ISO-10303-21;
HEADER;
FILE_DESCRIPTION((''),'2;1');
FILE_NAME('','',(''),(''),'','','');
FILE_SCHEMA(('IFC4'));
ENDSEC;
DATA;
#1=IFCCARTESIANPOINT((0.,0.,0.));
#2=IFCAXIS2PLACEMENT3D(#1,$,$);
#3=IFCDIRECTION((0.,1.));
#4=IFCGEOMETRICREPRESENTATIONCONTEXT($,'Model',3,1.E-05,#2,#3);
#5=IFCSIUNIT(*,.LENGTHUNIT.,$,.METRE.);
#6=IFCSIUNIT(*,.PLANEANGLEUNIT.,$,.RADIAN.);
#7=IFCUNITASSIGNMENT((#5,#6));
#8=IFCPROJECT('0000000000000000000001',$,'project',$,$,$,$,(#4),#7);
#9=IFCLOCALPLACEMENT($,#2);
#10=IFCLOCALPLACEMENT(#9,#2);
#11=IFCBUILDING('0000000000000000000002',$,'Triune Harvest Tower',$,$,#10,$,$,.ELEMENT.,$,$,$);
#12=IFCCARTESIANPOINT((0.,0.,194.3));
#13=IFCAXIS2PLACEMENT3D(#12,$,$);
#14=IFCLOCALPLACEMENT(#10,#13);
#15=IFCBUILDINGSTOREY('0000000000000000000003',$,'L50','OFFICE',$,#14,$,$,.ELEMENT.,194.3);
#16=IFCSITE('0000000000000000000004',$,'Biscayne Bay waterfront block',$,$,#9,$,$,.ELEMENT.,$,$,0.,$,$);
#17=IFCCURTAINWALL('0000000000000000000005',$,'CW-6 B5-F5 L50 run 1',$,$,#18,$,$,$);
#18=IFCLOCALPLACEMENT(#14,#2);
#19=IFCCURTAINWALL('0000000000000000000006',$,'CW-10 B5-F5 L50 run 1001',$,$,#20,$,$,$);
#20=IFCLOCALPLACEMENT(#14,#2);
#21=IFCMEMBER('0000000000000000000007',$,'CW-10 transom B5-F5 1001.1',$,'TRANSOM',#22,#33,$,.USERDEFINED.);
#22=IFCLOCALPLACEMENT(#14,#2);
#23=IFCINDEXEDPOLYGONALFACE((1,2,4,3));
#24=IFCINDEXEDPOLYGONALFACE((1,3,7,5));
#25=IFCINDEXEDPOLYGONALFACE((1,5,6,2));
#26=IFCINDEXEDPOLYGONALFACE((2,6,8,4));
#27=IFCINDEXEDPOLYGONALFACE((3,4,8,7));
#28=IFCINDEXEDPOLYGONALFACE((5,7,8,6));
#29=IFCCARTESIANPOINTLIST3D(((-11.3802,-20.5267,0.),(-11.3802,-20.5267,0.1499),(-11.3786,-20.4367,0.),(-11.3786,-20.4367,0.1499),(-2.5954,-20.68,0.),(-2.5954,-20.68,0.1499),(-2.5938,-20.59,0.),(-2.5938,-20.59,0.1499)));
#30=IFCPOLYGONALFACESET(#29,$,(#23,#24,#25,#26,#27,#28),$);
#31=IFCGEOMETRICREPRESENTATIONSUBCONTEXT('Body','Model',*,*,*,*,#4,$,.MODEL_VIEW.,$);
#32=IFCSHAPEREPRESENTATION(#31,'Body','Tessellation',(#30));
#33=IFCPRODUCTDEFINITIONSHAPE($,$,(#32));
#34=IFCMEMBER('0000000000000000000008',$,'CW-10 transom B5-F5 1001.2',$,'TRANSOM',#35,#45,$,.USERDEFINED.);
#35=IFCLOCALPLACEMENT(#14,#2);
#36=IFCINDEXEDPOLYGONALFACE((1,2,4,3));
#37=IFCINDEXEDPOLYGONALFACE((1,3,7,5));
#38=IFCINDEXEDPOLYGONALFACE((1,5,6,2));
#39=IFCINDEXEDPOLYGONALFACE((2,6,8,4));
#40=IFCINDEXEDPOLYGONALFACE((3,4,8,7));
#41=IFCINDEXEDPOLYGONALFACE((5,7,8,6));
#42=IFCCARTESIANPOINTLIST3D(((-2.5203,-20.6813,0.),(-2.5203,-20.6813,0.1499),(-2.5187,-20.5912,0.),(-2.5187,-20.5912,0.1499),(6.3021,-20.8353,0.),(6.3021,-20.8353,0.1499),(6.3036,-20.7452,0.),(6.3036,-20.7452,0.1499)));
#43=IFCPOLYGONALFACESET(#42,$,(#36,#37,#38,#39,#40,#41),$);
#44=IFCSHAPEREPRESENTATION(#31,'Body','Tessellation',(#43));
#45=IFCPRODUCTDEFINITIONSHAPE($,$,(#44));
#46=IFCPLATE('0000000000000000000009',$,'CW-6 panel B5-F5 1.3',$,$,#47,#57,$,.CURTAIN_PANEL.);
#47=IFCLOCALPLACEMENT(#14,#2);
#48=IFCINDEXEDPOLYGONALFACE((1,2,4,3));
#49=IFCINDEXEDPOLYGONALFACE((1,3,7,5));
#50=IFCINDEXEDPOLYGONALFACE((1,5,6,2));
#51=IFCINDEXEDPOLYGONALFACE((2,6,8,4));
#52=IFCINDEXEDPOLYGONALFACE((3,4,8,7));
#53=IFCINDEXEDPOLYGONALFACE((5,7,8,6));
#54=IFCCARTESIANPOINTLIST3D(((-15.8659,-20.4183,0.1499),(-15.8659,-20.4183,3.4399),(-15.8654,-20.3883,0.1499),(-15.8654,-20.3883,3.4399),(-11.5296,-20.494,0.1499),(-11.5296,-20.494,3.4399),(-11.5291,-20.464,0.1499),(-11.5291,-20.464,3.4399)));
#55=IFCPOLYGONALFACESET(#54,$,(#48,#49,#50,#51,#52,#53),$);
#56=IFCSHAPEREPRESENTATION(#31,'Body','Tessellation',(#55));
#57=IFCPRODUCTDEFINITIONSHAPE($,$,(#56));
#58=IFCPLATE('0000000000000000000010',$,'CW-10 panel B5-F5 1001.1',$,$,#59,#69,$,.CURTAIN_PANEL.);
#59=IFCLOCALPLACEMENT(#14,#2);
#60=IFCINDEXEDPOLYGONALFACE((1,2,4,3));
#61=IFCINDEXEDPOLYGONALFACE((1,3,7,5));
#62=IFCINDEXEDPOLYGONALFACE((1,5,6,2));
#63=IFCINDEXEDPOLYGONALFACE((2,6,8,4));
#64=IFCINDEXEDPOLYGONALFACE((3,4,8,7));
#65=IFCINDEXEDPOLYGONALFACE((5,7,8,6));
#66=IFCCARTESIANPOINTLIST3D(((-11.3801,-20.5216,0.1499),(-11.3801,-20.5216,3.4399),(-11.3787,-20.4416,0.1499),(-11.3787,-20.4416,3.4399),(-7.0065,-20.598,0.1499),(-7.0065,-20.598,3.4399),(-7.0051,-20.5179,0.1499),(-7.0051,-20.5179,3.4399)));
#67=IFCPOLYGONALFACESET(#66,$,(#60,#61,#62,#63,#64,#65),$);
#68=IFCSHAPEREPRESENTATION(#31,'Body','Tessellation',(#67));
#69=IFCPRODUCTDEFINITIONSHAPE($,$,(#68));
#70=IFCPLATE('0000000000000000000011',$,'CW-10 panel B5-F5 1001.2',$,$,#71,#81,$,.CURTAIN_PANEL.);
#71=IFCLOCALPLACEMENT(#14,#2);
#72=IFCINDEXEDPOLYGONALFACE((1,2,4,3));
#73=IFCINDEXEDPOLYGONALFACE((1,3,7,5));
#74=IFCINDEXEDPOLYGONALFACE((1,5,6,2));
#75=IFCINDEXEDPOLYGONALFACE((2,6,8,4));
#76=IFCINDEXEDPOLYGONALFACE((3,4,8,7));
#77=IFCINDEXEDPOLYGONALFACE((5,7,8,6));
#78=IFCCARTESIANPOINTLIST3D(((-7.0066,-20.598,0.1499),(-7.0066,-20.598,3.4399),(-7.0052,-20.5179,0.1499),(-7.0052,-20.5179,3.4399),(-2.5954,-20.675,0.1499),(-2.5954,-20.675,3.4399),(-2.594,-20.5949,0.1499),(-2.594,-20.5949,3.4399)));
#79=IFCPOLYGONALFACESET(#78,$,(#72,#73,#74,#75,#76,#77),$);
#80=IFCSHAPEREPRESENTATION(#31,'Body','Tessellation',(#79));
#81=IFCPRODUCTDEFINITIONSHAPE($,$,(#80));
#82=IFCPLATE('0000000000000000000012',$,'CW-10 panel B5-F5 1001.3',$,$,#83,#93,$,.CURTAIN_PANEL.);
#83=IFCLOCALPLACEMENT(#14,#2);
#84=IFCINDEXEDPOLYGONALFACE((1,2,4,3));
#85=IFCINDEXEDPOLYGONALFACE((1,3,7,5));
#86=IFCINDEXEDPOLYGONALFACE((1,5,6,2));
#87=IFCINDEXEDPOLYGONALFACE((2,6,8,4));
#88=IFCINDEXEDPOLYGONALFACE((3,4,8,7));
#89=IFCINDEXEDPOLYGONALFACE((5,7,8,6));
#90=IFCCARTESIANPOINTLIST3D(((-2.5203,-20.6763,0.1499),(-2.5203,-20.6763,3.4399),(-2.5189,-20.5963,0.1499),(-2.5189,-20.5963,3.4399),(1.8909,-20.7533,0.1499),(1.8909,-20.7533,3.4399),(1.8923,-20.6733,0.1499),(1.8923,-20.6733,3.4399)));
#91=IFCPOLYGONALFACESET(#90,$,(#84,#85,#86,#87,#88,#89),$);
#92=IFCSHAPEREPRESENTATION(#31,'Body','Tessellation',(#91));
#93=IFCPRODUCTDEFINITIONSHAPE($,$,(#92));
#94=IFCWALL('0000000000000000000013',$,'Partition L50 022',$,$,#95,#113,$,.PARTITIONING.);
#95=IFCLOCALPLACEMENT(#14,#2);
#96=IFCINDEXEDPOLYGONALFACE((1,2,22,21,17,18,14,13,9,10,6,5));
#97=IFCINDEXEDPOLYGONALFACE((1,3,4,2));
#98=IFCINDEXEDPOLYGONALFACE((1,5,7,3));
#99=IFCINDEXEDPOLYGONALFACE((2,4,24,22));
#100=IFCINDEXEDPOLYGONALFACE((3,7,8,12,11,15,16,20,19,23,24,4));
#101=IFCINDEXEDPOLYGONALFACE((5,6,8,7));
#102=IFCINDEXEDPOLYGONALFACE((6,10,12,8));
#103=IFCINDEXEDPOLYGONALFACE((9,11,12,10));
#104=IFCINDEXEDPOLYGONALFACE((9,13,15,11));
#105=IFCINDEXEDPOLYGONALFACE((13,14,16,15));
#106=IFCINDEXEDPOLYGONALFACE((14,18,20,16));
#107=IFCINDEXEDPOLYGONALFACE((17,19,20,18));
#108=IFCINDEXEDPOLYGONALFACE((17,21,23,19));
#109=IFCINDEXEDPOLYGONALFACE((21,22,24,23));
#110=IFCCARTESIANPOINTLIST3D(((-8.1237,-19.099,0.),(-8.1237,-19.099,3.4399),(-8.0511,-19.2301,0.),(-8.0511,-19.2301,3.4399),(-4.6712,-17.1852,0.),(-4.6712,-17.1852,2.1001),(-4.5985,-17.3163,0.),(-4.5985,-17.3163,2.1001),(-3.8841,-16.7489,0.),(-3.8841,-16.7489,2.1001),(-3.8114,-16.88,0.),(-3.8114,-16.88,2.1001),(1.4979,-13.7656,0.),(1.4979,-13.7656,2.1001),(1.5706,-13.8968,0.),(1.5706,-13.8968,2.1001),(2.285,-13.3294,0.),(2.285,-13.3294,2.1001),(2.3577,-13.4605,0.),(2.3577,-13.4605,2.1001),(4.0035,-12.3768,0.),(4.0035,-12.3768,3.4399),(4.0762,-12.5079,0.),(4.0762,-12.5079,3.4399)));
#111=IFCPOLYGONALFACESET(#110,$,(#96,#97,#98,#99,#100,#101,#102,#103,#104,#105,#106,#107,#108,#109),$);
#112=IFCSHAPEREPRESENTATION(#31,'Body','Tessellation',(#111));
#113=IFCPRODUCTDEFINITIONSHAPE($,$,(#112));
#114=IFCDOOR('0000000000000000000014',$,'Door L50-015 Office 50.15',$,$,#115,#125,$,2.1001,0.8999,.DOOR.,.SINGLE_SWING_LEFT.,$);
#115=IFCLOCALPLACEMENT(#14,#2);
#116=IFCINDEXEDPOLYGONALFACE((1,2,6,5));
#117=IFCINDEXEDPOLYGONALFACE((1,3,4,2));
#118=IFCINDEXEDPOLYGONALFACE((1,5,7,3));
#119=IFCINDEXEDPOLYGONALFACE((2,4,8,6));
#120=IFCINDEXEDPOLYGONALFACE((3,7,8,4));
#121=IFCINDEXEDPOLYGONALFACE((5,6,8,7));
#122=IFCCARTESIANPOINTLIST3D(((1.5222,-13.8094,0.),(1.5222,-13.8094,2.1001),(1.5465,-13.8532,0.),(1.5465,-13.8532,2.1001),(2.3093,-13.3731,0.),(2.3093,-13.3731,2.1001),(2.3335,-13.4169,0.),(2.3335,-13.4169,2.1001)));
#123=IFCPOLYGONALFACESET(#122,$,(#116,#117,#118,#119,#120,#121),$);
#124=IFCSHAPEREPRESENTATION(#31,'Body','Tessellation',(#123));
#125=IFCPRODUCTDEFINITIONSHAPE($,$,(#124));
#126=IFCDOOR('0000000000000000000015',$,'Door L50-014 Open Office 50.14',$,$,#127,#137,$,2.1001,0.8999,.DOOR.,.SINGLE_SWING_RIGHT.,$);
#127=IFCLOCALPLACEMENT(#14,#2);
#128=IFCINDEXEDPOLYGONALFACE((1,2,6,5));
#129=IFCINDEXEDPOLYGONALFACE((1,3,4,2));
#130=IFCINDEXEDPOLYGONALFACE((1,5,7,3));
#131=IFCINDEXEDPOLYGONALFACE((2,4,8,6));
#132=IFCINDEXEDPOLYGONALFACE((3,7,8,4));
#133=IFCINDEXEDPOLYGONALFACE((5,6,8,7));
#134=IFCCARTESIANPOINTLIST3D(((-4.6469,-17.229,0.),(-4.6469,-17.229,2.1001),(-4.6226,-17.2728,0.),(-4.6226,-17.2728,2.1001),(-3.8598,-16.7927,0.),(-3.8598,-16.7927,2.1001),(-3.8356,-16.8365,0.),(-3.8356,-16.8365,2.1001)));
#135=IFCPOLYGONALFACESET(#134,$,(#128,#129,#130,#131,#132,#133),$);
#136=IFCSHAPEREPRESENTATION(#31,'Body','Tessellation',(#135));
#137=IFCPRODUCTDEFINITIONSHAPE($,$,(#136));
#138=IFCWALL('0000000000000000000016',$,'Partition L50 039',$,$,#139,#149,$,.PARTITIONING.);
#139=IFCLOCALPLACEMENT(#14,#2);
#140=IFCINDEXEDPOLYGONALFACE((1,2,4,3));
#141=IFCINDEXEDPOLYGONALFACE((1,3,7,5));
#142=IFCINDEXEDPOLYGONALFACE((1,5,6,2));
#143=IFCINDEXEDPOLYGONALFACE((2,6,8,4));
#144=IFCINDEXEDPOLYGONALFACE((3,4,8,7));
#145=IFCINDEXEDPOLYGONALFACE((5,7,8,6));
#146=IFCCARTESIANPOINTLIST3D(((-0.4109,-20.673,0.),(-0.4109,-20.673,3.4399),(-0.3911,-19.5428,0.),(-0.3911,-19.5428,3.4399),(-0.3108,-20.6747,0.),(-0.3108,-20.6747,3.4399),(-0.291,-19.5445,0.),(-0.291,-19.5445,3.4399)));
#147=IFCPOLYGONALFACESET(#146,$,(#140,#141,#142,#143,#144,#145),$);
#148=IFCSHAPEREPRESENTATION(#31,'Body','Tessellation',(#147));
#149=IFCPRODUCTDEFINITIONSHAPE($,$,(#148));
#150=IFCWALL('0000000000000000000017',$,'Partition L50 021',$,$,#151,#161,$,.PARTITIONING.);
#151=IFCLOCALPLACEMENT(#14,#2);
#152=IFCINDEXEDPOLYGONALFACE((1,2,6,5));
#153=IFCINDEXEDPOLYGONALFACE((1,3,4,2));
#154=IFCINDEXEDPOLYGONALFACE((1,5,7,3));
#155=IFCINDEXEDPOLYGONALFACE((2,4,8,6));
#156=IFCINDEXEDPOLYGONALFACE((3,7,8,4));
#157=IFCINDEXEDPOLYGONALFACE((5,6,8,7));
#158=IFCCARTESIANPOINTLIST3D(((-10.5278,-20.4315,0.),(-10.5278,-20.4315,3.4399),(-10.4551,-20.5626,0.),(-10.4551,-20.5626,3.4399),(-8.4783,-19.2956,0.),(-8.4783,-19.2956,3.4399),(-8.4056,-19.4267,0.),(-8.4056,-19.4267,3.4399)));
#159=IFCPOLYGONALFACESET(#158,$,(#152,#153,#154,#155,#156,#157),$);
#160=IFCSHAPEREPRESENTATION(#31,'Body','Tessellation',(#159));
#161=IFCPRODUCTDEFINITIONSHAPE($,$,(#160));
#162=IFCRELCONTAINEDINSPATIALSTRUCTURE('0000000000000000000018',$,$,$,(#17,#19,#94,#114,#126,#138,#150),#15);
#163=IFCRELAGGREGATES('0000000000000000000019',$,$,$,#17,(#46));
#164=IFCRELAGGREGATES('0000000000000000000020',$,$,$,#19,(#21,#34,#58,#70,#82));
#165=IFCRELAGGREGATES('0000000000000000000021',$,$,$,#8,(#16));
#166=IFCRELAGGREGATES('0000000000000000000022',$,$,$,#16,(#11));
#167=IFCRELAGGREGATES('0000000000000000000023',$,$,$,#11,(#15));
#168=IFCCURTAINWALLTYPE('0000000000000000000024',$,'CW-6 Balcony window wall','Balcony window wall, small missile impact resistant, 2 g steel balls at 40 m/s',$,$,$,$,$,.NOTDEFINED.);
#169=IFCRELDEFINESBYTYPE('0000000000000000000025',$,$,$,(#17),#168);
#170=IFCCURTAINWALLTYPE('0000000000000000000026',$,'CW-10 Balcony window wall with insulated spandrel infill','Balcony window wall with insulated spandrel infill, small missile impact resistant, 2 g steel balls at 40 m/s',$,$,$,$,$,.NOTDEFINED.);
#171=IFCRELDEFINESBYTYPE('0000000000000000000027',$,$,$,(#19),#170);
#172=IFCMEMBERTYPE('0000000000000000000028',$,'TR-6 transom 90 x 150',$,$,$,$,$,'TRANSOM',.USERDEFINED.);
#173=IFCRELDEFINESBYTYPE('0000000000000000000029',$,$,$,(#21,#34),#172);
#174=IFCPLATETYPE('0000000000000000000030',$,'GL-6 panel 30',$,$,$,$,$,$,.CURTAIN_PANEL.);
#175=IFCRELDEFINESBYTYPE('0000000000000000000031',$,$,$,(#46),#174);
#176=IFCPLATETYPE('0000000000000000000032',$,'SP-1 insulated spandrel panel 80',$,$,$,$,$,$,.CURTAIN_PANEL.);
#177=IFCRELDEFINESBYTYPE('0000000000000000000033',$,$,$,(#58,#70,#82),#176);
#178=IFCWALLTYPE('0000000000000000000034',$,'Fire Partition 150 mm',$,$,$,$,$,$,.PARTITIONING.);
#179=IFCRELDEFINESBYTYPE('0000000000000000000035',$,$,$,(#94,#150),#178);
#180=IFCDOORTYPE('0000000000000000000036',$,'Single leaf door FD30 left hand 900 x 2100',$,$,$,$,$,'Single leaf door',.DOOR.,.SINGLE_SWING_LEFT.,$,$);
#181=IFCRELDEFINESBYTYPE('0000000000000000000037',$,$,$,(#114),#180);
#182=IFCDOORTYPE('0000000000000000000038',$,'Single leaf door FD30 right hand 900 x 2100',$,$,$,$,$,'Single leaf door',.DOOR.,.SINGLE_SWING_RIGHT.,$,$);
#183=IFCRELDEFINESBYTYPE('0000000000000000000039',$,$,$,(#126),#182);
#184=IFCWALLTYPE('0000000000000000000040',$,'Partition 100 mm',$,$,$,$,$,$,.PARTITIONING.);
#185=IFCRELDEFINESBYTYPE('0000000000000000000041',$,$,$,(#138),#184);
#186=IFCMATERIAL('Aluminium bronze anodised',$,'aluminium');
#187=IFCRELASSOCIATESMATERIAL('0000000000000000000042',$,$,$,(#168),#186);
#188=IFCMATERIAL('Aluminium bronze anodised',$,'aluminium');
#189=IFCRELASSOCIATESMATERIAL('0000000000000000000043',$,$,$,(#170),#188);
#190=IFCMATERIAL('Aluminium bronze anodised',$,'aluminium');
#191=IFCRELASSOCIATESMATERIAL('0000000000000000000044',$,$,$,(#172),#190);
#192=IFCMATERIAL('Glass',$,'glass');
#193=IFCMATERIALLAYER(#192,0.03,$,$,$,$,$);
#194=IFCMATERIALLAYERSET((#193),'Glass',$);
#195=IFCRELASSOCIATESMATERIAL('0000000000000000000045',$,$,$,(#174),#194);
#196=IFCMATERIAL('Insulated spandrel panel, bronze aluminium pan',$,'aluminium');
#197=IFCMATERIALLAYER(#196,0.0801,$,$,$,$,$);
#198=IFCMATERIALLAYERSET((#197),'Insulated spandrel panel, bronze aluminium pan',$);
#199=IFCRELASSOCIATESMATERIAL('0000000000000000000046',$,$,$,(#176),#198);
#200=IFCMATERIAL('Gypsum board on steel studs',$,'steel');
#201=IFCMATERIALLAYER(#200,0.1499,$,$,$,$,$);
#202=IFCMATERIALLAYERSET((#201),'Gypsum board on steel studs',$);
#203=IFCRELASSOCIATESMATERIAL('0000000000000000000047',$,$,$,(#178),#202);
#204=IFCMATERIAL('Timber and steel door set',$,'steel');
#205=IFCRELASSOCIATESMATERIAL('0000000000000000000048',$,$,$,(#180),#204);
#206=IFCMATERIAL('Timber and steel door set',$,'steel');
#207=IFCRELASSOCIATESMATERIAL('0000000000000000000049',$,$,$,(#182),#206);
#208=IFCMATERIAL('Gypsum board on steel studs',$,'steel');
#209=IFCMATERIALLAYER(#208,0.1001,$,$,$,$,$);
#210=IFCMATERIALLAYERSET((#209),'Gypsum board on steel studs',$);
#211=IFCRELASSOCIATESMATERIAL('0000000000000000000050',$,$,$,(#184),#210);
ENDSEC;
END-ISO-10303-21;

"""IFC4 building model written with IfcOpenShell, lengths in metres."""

from ifc_helpers import new_model, si_unit, direction, frame, frame_2d, origin, origin_2d, place, context, subcontext, project, spatial, rectangle, extrude, source, transform, mapped, material, layer, layer_set, material_profile, profile_set, type_object, element, fill, aggregate, save


model = new_model("IFC4")

# Units and contexts
model_context = context("Model", 3, precision=1e-05, world=origin(), true_north=direction((0.0, 1.0)))
body_context = subcontext(model_context, "Body", "Model", "MODEL_VIEW")
ifc_project = project(units=[si_unit("LENGTHUNIT", "METRE"), si_unit("PLANEANGLEUNIT", "RADIAN")], contexts=[model_context])

# Site, building, storey
site_placement = place(None, origin())
site = spatial("IfcSite", under=ifc_project, at=site_placement, Name="Biscayne Bay waterfront block", CompositionType="ELEMENT", RefElevation=0.0)
building_placement = place(site_placement, origin())
building = spatial("IfcBuilding", under=site, at=building_placement, Name="Triune Harvest Tower", CompositionType="ELEMENT")
storey_placement = place(building_placement, frame((0.0, 0.0, 194.3)))
storey = spatial("IfcBuildingStorey", under=building, at=storey_placement, Name="L50", Description="OFFICE", CompositionType="ELEMENT", Elevation=194.3)

# Curtain wall
ifc_material_1 = material(Name="Aluminium bronze anodised", Category="aluminium")
curtain_wall_type_1 = type_object("IfcCurtainWallType", Name="CW-6 Balcony window wall", Description="Balcony window wall, small missile impact resistant, 2 g steel balls at 40 m/s", PredefinedType="NOTDEFINED", material=ifc_material_1)
curtain_wall_1_placement = place(storey_placement, origin())
curtain_wall_1 = element("IfcCurtainWall", 1, at=curtain_wall_1_placement, inside=storey, type_object=curtain_wall_type_1, Name="CW-6 B5-F5 L50 run 1")

# Curtain wall, members
ifc_material_2 = material(Name="Aluminium bronze anodised", Category="aluminium")
curtain_wall_type_2 = type_object("IfcCurtainWallType", Name="CW-10 Balcony window wall with insulated spandrel infill", Description="Balcony window wall with insulated spandrel infill, small missile impact resistant, 2 g steel balls at 40 m/s", PredefinedType="NOTDEFINED", material=ifc_material_2)
curtain_wall_2_placement = place(storey_placement, origin())
curtain_wall_2 = element("IfcCurtainWall", 2, at=curtain_wall_2_placement, inside=storey, type_object=curtain_wall_type_2, Name="CW-10 B5-F5 L50 run 1001")
ifc_material_3 = material(Name="Aluminium bronze anodised", Category="aluminium")
ifc_material_profile_1 = material_profile(ifc_material_3, rectangle(XDim=0.0901, YDim=0.1499, at=origin_2d()), Name="TR-6 transom 90 x 150")
ifc_profile_set_1 = profile_set([ifc_material_profile_1], Name="Aluminium bronze anodised")
member_type_1 = type_object("IfcMemberType", Name="TR-6 transom 90 x 150", ElementType="TRANSOM", PredefinedType="USERDEFINED", material=ifc_profile_set_1)
shared_shape_1 = source(origin(), body_context, "Body", "SweptSolid", [
    extrude(rectangle(XDim=0.0901, YDim=0.1499, at=origin_2d()), origin(), (0.0, 0.0, 1.0), 8.7861),
])
member_1_placement = place(storey_placement, frame((-11.3794, -20.4817, 0.075), z_axis=(0.999848, -0.01745, 0.0), x_axis=(0.01745, 0.999848, 0.0)))
member_1 = element("IfcMember", 3, at=member_1_placement, type_object=member_type_1, Name="CW-10 transom B5-F5 1001.1", ObjectType="TRANSOM", PredefinedType="USERDEFINED", context=body_context, shape_type="MappedRepresentation", body=[
    mapped(shared_shape_1, transform((0.0, 0.0, 0.0), scale=1.0)),
])
shared_shape_2 = source(origin(), body_context, "Body", "SweptSolid", [
    extrude(rectangle(XDim=0.0901, YDim=0.1499, at=origin_2d()), origin(), (0.0, 0.0, 1.0), 8.8237),
])
member_2_placement = place(storey_placement, frame((-2.5195, -20.6362, 0.075), z_axis=(0.999848, -0.017459, 0.0), x_axis=(0.017459, 0.999848, 0.0)))
member_2 = element("IfcMember", 4, at=member_2_placement, type_object=member_type_1, Name="CW-10 transom B5-F5 1001.2", ObjectType="TRANSOM", PredefinedType="USERDEFINED", context=body_context, shape_type="MappedRepresentation", body=[
    mapped(shared_shape_2, transform((0.0, 0.0, 0.0), scale=1.0)),
])

# Plates
ifc_material_4 = material(Name="Glass", Category="glass")
ifc_layer_1 = layer(ifc_material_4, 0.03)
ifc_layer_set_1 = layer_set([ifc_layer_1], Name="Glass")
plate_type_1 = type_object("IfcPlateType", Name="GL-6 panel 30", PredefinedType="CURTAIN_PANEL", material=ifc_layer_set_1)
shared_shape_3 = source(origin(), body_context, "Body", "SweptSolid", [
    extrude(rectangle(XDim=4.3369, YDim=0.03, at=origin_2d()), origin(), (0.0, 0.0, 1.0), 3.29),
])
plate_1_placement = place(storey_placement, frame((-13.6975, -20.4412, 0.1499), z_axis=(0.0, 0.0, 1.0), x_axis=(0.999848, -0.01745, 0.0)))
plate_1 = element("IfcPlate", 5, at=plate_1_placement, type_object=plate_type_1, Name="CW-6 panel B5-F5 1.3", PredefinedType="CURTAIN_PANEL", context=body_context, shape_type="MappedRepresentation", body=[
    mapped(shared_shape_3, transform((0.0, 0.0, 0.0), scale=1.0)),
])
aggregate(curtain_wall_1, [plate_1])
ifc_material_5 = material(Name="Insulated spandrel panel, bronze aluminium pan", Category="aluminium")
ifc_layer_2 = layer(ifc_material_5, 0.0801)
ifc_layer_set_2 = layer_set([ifc_layer_2], Name="Insulated spandrel panel, bronze aluminium pan")
plate_type_2 = type_object("IfcPlateType", Name="SP-1 insulated spandrel panel 80", PredefinedType="CURTAIN_PANEL", material=ifc_layer_set_2)
shared_shape_4 = source(origin(), body_context, "Body", "SweptSolid", [
    extrude(rectangle(XDim=4.3743, YDim=0.0801, at=origin_2d()), origin(), (0.0, 0.0, 1.0), 3.29),
])
plate_2_placement = place(storey_placement, frame((-9.1926, -20.5198, 0.1499), z_axis=(0.0, 0.0, 1.0), x_axis=(0.999848, -0.017452, 0.0)))
plate_2 = element("IfcPlate", 6, at=plate_2_placement, type_object=plate_type_2, Name="CW-10 panel B5-F5 1001.1", PredefinedType="CURTAIN_PANEL", context=body_context, shape_type="MappedRepresentation", body=[
    mapped(shared_shape_4, transform((0.0, 0.0, 0.0), scale=1.0)),
])
shared_shape_5 = source(origin(), body_context, "Body", "SweptSolid", [
    extrude(rectangle(XDim=4.4119, YDim=0.0801, at=origin_2d()), origin(), (0.0, 0.0, 1.0), 3.29),
])
plate_3_placement = place(storey_placement, frame((-4.8003, -20.5964, 0.1499), z_axis=(0.0, 0.0, 1.0), x_axis=(0.999848, -0.017452, 0.0)))
plate_3 = element("IfcPlate", 7, at=plate_3_placement, type_object=plate_type_2, Name="CW-10 panel B5-F5 1001.2", PredefinedType="CURTAIN_PANEL", context=body_context, shape_type="MappedRepresentation", body=[
    mapped(shared_shape_5, transform((0.0, 0.0, 0.0), scale=1.0)),
])
plate_4_placement = place(storey_placement, frame((-0.314, -20.6748, 0.1499), z_axis=(0.0, 0.0, 1.0), x_axis=(0.999848, -0.017452, 0.0)))
plate_4 = element("IfcPlate", 8, at=plate_4_placement, type_object=plate_type_2, Name="CW-10 panel B5-F5 1001.3", PredefinedType="CURTAIN_PANEL", context=body_context, shape_type="MappedRepresentation", body=[
    mapped(shared_shape_5, transform((0.0, 0.0, 0.0), scale=1.0)),
])
aggregate(curtain_wall_2, [member_1, member_2, plate_2, plate_3, plate_4])

# Wall, openings, doors
ifc_material_6 = material(Name="Gypsum board on steel studs", Category="steel")
ifc_layer_3 = layer(ifc_material_6, 0.1499)
ifc_layer_set_3 = layer_set([ifc_layer_3], Name="Gypsum board on steel studs")
wall_type_1 = type_object("IfcWallType", Name="Fire Partition 150 mm", PredefinedType="PARTITIONING", material=ifc_layer_set_3)
wall_1_placement = place(storey_placement, frame((-8.0874, -19.1646, 0.0), z_axis=(0.0, 0.0, 1.0), x_axis=(0.874621, 0.484807, 0.0)))
wall_1 = element("IfcWall", 9, at=wall_1_placement, inside=storey, type_object=wall_type_1, Name="Partition L50 022", PredefinedType="PARTITIONING", context=body_context, shape_type="SweptSolid", body=[
    extrude(rectangle(XDim=13.8657, YDim=0.1499, at=frame_2d((6.9329, 0.0))), origin(), (0.0, 0.0, 1.0), 3.4399),
])
opening_1_placement = place(wall_1_placement, frame((3.9475, 0.0, 0.0)))
opening_1 = element("IfcOpeningElement", 10, at=opening_1_placement, cuts=wall_1, PredefinedType="OPENING", context=body_context, shape_type="SweptSolid", body=[
    extrude(rectangle(XDim=0.8999, YDim=2.1001, at=frame_2d((0.45, 1.05))), frame((0.0, 0.085, 0.0), z_axis=(0.0, -1.0, 0.0), x_axis=(1.0, 0.0, 0.0)), (0.0, 0.0, 1.0), 0.1699),
])
opening_2_placement = place(wall_1_placement, frame((11.001, 0.0, 0.0)))
opening_2 = element("IfcOpeningElement", 11, at=opening_2_placement, cuts=wall_1, PredefinedType="OPENING", context=body_context, shape_type="SweptSolid", body=[
    extrude(rectangle(XDim=0.8999, YDim=2.1001, at=frame_2d((0.45, 1.05))), frame((0.0, 0.085, 0.0), z_axis=(0.0, -1.0, 0.0), x_axis=(1.0, 0.0, 0.0)), (0.0, 0.0, 1.0), 0.1699),
])
ifc_material_7 = material(Name="Timber and steel door set", Category="steel")
door_type_1 = type_object("IfcDoorType", Name="Single leaf door FD30 left hand 900 x 2100", ElementType="Single leaf door", OperationType="SINGLE_SWING_LEFT", PredefinedType="DOOR", material=ifc_material_7)
door_1_placement = place(opening_2_placement, origin())
door_1 = element("IfcDoor", 12, at=door_1_placement, inside=storey, type_object=door_type_1, Name="Door L50-015 Office 50.15", OperationType="SINGLE_SWING_LEFT", OverallHeight=2.1001, OverallWidth=0.8999, PredefinedType="DOOR", context=body_context, shape_type="SweptSolid", body=[
    extrude(rectangle(XDim=0.8999, YDim=2.1001, at=frame_2d((0.45, 1.05))), frame((0.0, 0.0249, 0.0), z_axis=(0.0, -1.0, 0.0), x_axis=(1.0, 0.0, 0.0)), (0.0, 0.0, 1.0), 0.05),
])
fill(opening_2, door_1)
ifc_material_8 = material(Name="Timber and steel door set", Category="steel")
door_type_2 = type_object("IfcDoorType", Name="Single leaf door FD30 right hand 900 x 2100", ElementType="Single leaf door", OperationType="SINGLE_SWING_RIGHT", PredefinedType="DOOR", material=ifc_material_8)
door_2_placement = place(opening_1_placement, origin())
door_2 = element("IfcDoor", 13, at=door_2_placement, inside=storey, type_object=door_type_2, Name="Door L50-014 Open Office 50.14", OperationType="SINGLE_SWING_RIGHT", OverallHeight=2.1001, OverallWidth=0.8999, PredefinedType="DOOR", context=body_context, shape_type="SweptSolid", body=[
    extrude(rectangle(XDim=0.8999, YDim=2.1001, at=frame_2d((0.45, 1.05))), frame((0.0, 0.0249, 0.0), z_axis=(0.0, -1.0, 0.0), x_axis=(1.0, 0.0, 0.0)), (0.0, 0.0, 1.0), 0.05),
])
fill(opening_1, door_2)

# Walls
ifc_material_9 = material(Name="Gypsum board on steel studs", Category="steel")
ifc_layer_4 = layer(ifc_material_9, 0.1001)
ifc_layer_set_4 = layer_set([ifc_layer_4], Name="Gypsum board on steel studs")
wall_type_2 = type_object("IfcWallType", Name="Partition 100 mm", PredefinedType="PARTITIONING", material=ifc_layer_set_4)
shared_shape_6 = source(origin(), body_context, "Body", "SweptSolid", [
    extrude(rectangle(XDim=1.1304, YDim=0.1001, at=frame_2d((0.5652, 0.0))), origin(), (0.0, 0.0, 1.0), 3.4399),
])
wall_2_placement = place(storey_placement, frame((-0.3608, -20.6738, 0.0), z_axis=(0.0, 0.0, 1.0), x_axis=(0.017496, 0.999847, 0.0)))
element("IfcWall", 14, at=wall_2_placement, inside=storey, type_object=wall_type_2, Name="Partition L50 039", PredefinedType="PARTITIONING", context=body_context, shape_type="MappedRepresentation", body=[
    mapped(shared_shape_6, transform((0.0, 0.0, 0.0), scale=1.0)),
])
shared_shape_7 = source(origin(), body_context, "Body", "SweptSolid", [
    extrude(rectangle(XDim=2.3433, YDim=0.1499, at=frame_2d((1.1716, 0.0))), origin(), (0.0, 0.0, 1.0), 3.4399),
])
wall_3_placement = place(storey_placement, frame((-10.4915, -20.4971, 0.0), z_axis=(0.0, 0.0, 1.0), x_axis=(0.874638, 0.484776, 0.0)))
element("IfcWall", 15, at=wall_3_placement, inside=storey, type_object=wall_type_1, Name="Partition L50 021", PredefinedType="PARTITIONING", context=body_context, shape_type="MappedRepresentation", body=[
    mapped(shared_shape_7, transform((0.0, 0.0, 0.0), scale=1.0)),
])

save(model, "model.ifc")
